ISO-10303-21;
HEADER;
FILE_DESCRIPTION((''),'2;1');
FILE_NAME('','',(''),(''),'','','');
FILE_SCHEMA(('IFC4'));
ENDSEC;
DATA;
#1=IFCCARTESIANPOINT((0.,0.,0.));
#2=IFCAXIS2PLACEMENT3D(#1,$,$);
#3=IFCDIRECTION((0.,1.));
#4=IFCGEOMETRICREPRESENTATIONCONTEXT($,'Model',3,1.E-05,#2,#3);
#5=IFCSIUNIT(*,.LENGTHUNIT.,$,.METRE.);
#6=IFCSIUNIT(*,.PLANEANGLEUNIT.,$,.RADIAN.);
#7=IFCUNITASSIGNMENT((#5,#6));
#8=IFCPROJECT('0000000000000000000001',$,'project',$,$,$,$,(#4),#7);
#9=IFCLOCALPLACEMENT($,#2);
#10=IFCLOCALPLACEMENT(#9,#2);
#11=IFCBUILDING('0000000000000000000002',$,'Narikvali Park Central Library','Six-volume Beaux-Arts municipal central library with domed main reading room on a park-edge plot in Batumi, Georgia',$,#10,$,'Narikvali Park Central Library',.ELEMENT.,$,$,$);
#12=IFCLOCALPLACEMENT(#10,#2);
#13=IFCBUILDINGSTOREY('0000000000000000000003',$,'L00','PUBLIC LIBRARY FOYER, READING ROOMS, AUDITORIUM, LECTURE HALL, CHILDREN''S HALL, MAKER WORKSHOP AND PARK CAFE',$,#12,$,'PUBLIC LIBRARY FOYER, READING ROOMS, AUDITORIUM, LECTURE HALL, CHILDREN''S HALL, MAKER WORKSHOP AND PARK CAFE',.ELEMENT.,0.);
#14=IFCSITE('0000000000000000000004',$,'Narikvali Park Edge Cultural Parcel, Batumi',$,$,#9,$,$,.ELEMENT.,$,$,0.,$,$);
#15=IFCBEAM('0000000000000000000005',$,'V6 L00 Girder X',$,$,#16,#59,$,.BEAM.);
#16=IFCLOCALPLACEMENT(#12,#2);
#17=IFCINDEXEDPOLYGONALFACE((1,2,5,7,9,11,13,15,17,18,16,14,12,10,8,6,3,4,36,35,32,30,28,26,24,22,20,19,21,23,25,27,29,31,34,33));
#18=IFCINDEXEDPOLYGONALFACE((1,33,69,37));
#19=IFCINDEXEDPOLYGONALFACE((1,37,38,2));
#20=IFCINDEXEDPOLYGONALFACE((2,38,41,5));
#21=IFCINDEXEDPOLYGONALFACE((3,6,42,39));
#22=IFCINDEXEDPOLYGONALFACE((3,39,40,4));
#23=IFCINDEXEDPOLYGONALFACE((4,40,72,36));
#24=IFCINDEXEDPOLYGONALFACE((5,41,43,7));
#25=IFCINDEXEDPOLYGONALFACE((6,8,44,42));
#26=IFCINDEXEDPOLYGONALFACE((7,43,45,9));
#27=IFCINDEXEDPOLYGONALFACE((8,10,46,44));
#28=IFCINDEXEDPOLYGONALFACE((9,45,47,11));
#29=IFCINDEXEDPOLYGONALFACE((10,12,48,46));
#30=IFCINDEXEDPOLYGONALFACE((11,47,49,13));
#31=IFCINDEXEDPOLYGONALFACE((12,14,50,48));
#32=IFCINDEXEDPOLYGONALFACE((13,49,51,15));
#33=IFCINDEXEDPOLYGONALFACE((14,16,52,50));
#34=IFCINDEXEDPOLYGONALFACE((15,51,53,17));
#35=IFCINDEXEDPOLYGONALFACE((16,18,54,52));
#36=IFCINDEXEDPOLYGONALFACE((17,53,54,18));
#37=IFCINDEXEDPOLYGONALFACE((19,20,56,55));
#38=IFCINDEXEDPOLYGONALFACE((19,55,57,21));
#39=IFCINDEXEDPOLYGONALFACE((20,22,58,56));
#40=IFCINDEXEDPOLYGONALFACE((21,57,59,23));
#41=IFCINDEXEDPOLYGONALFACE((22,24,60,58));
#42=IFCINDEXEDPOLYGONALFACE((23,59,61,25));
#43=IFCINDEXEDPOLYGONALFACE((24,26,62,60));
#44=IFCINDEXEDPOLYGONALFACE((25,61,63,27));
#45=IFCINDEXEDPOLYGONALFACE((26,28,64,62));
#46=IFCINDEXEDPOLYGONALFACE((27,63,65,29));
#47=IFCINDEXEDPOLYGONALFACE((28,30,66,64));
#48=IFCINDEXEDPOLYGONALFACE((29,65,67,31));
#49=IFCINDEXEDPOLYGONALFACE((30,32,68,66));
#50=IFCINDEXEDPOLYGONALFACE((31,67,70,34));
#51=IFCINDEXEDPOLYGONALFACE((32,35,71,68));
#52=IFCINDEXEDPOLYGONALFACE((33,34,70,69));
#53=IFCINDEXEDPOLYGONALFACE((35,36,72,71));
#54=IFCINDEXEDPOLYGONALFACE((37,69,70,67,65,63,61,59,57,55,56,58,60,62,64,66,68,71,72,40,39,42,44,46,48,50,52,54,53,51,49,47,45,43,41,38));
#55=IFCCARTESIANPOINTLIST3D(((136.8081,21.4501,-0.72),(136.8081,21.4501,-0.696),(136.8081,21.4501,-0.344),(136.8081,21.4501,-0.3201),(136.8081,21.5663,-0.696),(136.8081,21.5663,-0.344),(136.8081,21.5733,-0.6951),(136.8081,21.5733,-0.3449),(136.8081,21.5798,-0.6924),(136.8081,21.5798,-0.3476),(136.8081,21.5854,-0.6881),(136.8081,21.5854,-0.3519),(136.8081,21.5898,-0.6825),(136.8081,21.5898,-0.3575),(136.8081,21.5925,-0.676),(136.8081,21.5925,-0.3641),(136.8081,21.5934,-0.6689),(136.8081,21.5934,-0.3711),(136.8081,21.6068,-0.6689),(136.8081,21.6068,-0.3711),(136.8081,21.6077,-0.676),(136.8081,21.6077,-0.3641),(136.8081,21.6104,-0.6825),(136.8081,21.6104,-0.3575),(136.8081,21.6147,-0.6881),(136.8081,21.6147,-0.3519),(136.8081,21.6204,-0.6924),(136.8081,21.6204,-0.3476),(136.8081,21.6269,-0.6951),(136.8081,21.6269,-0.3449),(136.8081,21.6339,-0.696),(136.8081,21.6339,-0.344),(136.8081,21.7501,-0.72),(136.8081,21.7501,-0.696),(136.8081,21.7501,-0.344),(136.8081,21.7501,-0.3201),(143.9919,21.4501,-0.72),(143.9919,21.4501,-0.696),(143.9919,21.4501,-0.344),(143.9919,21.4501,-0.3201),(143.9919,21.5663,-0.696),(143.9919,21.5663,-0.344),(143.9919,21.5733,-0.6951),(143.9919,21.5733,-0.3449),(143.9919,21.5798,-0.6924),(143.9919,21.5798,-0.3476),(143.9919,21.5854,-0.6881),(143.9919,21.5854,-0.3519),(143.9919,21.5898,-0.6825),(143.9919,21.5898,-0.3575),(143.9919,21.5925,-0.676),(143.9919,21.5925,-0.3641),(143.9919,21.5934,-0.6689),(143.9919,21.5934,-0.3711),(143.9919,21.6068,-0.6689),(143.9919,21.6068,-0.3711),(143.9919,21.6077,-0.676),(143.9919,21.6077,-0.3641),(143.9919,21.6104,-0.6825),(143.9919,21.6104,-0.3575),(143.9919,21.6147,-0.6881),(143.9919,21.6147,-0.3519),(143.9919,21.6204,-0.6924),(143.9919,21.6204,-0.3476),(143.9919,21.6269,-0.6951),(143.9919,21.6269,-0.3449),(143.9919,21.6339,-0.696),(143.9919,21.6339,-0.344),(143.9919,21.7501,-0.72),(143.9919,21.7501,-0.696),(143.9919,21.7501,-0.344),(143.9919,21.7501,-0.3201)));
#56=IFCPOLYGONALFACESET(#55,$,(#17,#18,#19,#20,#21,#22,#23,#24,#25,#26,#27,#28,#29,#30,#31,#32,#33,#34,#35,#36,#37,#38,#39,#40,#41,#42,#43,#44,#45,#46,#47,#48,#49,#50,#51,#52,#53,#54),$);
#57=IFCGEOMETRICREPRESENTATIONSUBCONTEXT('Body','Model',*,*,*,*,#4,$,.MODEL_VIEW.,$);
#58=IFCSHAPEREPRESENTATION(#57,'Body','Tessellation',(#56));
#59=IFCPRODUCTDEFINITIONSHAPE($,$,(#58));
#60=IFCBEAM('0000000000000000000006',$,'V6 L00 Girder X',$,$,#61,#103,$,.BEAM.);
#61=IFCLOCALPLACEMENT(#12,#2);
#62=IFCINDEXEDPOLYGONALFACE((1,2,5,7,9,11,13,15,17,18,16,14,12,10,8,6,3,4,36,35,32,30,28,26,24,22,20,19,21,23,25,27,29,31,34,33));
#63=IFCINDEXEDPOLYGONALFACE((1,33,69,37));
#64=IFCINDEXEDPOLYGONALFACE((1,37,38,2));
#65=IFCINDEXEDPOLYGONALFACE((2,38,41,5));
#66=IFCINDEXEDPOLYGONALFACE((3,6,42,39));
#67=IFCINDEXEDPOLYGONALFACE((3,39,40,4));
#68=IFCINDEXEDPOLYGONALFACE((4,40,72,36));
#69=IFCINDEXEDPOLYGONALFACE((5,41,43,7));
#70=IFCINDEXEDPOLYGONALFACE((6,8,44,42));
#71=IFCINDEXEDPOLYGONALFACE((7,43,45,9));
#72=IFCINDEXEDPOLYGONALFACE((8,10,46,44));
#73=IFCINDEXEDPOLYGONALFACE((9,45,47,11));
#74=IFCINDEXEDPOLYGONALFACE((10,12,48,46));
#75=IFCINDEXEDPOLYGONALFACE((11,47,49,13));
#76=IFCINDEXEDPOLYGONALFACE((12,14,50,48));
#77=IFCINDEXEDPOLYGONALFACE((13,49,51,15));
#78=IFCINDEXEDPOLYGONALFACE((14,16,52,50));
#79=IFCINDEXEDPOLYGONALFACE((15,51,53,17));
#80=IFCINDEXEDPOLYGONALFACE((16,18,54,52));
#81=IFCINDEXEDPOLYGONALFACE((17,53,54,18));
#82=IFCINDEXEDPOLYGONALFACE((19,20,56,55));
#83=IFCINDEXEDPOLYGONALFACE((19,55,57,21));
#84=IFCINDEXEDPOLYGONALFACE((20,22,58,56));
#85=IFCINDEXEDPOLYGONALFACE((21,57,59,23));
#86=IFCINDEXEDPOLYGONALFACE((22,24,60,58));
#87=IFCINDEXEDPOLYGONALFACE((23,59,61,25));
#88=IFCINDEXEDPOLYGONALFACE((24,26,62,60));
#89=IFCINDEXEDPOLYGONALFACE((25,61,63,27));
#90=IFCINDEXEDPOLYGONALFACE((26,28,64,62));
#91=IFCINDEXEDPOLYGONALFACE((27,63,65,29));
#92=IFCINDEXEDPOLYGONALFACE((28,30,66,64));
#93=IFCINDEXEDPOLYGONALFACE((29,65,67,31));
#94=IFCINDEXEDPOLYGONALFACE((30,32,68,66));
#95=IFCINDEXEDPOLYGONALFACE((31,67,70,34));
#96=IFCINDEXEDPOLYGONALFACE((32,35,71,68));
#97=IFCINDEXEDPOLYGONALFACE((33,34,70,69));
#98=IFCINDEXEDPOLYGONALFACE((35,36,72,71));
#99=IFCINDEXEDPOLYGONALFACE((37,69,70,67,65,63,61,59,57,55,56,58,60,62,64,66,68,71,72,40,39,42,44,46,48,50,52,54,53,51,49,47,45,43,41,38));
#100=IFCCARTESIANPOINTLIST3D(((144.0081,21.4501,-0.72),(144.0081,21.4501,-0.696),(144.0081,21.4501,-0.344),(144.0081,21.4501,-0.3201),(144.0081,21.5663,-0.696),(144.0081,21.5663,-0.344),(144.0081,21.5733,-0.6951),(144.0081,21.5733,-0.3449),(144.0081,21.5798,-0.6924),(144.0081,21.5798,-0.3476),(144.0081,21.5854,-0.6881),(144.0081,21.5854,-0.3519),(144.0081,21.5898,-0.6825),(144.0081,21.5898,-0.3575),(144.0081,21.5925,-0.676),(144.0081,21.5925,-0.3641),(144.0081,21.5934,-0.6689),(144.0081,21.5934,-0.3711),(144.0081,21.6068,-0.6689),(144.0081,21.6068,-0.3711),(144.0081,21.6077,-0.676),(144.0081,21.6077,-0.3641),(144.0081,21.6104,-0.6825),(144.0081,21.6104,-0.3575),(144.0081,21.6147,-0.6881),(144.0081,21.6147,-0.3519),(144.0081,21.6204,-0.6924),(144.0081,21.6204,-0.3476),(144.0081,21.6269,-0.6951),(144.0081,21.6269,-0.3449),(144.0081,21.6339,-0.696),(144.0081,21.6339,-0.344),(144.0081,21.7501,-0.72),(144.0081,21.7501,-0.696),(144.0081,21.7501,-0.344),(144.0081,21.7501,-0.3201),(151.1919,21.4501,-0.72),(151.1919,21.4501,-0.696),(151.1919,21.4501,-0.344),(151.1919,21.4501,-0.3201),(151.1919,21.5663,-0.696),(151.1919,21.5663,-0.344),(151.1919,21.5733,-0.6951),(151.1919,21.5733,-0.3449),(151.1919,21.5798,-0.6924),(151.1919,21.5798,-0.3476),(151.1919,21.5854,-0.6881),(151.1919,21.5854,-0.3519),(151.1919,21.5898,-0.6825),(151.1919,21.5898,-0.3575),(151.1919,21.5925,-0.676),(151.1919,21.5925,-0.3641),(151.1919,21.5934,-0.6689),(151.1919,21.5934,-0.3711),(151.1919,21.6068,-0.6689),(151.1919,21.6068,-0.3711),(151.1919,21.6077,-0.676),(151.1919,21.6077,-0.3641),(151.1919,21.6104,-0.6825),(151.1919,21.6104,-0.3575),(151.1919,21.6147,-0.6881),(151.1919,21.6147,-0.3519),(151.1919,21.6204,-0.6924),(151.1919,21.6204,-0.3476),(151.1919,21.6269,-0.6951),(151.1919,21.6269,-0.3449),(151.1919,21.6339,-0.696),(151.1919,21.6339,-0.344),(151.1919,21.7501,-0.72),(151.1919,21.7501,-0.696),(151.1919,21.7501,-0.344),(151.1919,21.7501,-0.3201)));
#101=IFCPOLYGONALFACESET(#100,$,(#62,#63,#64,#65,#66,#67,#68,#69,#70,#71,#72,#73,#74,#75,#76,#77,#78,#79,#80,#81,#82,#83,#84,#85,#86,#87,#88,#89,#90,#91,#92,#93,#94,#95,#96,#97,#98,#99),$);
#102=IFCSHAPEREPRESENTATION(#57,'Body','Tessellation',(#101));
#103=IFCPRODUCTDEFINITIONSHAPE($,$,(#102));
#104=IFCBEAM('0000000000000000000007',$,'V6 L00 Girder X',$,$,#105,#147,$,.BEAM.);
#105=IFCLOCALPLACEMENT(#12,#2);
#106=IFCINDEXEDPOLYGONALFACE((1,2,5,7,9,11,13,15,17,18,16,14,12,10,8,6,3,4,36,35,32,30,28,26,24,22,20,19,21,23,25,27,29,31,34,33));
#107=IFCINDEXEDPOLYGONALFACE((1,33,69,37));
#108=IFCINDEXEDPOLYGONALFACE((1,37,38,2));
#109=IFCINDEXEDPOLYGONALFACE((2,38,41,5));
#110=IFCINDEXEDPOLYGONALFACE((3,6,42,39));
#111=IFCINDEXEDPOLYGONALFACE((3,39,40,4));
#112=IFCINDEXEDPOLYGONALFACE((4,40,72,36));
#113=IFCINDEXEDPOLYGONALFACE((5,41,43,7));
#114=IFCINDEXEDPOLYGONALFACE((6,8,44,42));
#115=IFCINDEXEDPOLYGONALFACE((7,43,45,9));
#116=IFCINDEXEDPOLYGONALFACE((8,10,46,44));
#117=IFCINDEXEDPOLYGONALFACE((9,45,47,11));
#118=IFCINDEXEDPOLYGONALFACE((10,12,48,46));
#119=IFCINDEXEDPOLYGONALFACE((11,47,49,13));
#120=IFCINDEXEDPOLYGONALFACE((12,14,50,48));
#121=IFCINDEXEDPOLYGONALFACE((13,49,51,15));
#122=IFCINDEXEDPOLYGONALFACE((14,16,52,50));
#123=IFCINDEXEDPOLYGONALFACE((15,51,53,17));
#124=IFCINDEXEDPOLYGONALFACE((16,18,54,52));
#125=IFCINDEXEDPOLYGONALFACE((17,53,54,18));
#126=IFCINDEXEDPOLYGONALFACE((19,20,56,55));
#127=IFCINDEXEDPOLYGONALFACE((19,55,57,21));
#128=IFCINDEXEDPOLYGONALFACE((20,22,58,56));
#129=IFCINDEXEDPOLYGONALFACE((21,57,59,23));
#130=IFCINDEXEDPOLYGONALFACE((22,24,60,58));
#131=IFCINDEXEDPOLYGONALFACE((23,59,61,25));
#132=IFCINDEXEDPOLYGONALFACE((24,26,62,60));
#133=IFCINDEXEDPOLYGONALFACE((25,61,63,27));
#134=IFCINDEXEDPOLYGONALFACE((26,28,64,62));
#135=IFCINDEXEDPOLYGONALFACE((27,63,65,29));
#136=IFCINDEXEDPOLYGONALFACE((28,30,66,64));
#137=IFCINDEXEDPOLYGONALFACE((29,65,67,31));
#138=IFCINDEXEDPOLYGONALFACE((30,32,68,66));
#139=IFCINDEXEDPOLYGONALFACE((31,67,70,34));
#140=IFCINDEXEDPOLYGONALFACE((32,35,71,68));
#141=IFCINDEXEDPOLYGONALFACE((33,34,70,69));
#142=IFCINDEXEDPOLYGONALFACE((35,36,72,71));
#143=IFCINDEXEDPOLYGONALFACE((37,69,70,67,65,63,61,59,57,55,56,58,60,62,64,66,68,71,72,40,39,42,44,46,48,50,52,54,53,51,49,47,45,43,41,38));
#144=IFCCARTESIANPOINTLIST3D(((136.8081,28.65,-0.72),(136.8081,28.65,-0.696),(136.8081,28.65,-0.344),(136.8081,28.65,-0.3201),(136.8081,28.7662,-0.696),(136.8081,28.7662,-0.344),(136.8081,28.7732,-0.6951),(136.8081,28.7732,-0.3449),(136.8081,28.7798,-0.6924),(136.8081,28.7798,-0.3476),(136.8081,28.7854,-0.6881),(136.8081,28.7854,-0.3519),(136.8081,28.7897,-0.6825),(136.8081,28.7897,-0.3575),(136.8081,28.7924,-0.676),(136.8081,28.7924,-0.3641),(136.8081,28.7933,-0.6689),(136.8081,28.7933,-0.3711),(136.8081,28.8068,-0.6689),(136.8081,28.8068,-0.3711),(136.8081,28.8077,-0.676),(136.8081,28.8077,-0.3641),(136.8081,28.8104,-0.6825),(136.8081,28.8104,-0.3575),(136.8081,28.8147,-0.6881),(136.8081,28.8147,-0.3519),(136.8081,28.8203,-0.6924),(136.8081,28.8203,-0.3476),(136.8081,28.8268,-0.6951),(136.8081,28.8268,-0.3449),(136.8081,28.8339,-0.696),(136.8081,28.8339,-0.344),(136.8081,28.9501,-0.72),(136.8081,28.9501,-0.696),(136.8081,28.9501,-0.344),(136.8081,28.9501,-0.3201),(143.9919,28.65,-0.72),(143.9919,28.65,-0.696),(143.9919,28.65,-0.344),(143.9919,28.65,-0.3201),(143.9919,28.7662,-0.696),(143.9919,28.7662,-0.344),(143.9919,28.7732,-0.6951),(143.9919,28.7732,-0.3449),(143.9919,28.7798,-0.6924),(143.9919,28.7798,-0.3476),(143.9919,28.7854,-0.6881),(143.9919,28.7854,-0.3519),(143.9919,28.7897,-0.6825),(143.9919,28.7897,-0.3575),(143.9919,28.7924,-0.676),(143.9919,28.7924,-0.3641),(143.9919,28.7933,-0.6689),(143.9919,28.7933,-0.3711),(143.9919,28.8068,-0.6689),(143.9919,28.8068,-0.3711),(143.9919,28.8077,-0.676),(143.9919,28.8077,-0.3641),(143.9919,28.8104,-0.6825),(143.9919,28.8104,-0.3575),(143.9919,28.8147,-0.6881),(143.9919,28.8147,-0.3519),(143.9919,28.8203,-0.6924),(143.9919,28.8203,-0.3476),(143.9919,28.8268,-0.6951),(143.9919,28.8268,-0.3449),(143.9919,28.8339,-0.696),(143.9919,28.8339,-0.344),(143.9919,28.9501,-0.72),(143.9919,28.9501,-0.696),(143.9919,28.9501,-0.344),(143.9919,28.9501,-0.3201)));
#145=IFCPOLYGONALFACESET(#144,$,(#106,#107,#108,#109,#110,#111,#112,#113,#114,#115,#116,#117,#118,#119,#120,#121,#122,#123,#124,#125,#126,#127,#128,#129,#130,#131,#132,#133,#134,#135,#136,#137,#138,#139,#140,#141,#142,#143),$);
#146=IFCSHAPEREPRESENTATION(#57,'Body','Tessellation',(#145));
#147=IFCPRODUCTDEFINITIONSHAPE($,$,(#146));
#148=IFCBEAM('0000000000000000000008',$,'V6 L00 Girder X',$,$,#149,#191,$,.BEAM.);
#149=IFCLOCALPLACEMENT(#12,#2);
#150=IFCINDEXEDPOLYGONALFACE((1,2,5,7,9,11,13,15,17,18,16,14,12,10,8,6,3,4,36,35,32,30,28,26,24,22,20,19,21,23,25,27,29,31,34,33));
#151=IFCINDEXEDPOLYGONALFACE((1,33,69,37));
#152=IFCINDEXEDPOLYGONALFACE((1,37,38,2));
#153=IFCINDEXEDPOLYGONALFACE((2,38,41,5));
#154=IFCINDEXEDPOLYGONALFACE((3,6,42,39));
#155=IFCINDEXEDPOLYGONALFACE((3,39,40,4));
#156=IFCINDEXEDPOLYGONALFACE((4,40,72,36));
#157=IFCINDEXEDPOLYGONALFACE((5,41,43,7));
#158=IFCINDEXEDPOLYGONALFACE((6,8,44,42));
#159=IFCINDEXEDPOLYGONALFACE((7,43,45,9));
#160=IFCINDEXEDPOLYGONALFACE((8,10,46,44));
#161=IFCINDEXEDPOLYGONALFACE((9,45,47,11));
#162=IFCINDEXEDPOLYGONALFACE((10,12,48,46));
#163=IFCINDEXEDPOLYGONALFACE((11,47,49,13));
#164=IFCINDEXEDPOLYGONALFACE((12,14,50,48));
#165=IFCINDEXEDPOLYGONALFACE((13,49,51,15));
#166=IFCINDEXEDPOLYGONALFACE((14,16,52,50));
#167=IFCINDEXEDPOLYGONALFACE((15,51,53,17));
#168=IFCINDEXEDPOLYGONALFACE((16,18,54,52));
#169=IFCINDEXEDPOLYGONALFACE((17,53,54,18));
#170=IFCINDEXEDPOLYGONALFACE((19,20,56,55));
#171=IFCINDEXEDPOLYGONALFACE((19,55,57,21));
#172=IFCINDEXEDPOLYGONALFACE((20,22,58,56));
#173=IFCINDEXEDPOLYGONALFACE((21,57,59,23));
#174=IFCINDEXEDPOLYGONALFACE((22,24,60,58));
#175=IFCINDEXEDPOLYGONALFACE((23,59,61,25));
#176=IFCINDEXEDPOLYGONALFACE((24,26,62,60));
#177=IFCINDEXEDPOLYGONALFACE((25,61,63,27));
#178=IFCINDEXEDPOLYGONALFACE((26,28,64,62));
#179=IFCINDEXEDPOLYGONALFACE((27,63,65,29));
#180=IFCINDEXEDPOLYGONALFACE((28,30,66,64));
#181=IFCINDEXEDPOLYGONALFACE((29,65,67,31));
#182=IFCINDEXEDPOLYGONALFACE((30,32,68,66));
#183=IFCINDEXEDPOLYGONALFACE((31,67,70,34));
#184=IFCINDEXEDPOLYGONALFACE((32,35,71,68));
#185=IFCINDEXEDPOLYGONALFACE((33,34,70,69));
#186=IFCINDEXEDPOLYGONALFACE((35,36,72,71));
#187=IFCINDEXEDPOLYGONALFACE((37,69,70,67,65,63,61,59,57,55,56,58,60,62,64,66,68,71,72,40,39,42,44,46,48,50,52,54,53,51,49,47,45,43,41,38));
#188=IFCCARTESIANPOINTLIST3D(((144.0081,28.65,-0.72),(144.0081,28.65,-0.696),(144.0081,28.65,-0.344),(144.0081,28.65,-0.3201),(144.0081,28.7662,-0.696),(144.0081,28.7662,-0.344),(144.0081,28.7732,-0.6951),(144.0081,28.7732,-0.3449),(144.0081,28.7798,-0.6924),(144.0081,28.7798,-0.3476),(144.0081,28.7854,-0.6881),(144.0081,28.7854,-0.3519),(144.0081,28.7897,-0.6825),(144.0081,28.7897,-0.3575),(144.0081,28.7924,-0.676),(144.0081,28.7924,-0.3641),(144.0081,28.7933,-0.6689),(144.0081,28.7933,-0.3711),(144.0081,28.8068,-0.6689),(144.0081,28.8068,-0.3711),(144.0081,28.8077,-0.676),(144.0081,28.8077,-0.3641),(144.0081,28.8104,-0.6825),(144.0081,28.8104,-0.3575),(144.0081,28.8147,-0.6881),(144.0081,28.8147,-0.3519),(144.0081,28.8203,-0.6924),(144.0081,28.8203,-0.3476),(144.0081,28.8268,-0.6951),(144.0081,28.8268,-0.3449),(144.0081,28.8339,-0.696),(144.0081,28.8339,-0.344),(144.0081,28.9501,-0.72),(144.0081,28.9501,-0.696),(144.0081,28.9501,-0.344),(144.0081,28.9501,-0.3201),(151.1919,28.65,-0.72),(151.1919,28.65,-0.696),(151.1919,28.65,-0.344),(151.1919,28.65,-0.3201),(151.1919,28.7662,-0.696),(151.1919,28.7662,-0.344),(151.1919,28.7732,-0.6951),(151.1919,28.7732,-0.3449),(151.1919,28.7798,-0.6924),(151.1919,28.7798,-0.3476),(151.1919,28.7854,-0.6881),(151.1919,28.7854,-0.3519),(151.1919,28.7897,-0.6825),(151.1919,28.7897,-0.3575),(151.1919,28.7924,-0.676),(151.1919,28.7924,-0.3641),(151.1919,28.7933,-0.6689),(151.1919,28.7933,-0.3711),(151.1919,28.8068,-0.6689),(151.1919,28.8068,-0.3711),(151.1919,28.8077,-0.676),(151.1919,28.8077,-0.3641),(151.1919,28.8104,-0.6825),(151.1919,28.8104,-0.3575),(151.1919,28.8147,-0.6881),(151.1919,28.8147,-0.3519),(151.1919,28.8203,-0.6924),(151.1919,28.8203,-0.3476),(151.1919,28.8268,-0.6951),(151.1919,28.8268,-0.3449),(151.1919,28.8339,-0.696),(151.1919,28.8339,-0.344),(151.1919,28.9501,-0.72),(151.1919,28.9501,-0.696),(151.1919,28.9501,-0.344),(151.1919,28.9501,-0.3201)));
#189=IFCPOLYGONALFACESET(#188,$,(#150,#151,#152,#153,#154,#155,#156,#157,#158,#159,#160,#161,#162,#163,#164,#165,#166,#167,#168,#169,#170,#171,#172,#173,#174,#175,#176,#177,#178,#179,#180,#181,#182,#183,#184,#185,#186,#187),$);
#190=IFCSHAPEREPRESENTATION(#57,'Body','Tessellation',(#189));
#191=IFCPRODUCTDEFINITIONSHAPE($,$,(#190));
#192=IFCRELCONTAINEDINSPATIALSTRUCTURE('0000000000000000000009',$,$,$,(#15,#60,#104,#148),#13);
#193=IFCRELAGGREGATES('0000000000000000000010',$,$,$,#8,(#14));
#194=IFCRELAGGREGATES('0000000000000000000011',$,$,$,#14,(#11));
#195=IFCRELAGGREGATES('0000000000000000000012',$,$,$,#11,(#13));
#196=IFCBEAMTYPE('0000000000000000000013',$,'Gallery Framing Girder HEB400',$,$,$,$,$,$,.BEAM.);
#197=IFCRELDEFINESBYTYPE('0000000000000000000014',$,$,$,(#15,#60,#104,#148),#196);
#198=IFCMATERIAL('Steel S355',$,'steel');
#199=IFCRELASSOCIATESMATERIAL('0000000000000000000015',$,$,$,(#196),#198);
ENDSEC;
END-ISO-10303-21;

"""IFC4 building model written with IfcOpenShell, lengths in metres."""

from ifc_helpers import new_model, si_unit, direction, frame, origin, origin_2d, place, context, subcontext, project, spatial, i_section, extrude, material, material_profile, profile_set, type_object, element, save


model = new_model("IFC4")

# Units and contexts
model_context = context("Model", 3, precision=1e-05, world=origin(), true_north=direction((0.0, 1.0)))
body_context = subcontext(model_context, "Body", "Model", "MODEL_VIEW")
ifc_project = project(units=[si_unit("LENGTHUNIT", "METRE"), si_unit("PLANEANGLEUNIT", "RADIAN")], contexts=[model_context])

# Site, building, storey
site_placement = place(None, origin())
site = spatial("IfcSite", under=ifc_project, at=site_placement, Name="Narikvali Park Edge Cultural Parcel, Batumi", CompositionType="ELEMENT", RefElevation=0.0)
building_placement = place(site_placement, origin())
building = spatial("IfcBuilding", under=site, at=building_placement, Name="Narikvali Park Central Library", Description="Six-volume Beaux-Arts municipal central library with domed main reading room on a park-edge plot in Batumi, Georgia", LongName="Narikvali Park Central Library", CompositionType="ELEMENT")
storey_placement = place(building_placement, origin())
storey = spatial("IfcBuildingStorey", under=building, at=storey_placement, Name="L00", Description="PUBLIC LIBRARY FOYER, READING ROOMS, AUDITORIUM, LECTURE HALL, CHILDREN'S HALL, MAKER WORKSHOP AND PARK CAFE", LongName="PUBLIC LIBRARY FOYER, READING ROOMS, AUDITORIUM, LECTURE HALL, CHILDREN'S HALL, MAKER WORKSHOP AND PARK CAFE", CompositionType="ELEMENT", Elevation=0.0)

# Shared definitions
ifc_material_1 = material(Name="Steel S355", Category="steel")

# Beams
ifc_material_profile_1 = material_profile(ifc_material_1, i_section(OverallWidth=0.3, OverallDepth=0.3999, WebThickness=0.0134, FlangeThickness=0.0239, FilletRadius=0.0271, at=origin_2d()), Name="HEB 400")
ifc_profile_set_1 = profile_set([ifc_material_profile_1], Name="Steel S355")
beam_type_1 = type_object("IfcBeamType", Name="Gallery Framing Girder HEB400", PredefinedType="BEAM", material=ifc_profile_set_1)
for number, where, z_axis, x_axis, name in (
    (1, (136.8081, 21.6001, -0.52), (1.0, 0.0, 0.0), (0.0, 1.0, 0.0), "V6 L00 Girder X"),
    (2, (144.0081, 21.6001, -0.52), (1.0, 0.0, 0.0), (0.0, 1.0, 0.0), "V6 L00 Girder X"),
    (3, (136.8081, 28.8, -0.52), (1.0, 0.0, 0.0), (0.0, 1.0, 0.0), "V6 L00 Girder X"),
    (4, (144.0081, 28.8, -0.52), (1.0, 0.0, 0.0), (0.0, 1.0, 0.0), "V6 L00 Girder X"),
):
    element("IfcBeam", number, at=place(storey_placement, frame(where, z_axis=z_axis, x_axis=x_axis)), inside=storey, type_object=beam_type_1, Name=name, PredefinedType="BEAM", context=body_context, shape_type="SweptSolid", body=[
        extrude(i_section(OverallWidth=0.3, OverallDepth=0.3999, WebThickness=0.0134, FlangeThickness=0.0239, FilletRadius=0.0271, at=origin_2d()), origin(), (0.0, 0.0, 1.0), 7.1838),
    ])

save(model, "model.ifc")
